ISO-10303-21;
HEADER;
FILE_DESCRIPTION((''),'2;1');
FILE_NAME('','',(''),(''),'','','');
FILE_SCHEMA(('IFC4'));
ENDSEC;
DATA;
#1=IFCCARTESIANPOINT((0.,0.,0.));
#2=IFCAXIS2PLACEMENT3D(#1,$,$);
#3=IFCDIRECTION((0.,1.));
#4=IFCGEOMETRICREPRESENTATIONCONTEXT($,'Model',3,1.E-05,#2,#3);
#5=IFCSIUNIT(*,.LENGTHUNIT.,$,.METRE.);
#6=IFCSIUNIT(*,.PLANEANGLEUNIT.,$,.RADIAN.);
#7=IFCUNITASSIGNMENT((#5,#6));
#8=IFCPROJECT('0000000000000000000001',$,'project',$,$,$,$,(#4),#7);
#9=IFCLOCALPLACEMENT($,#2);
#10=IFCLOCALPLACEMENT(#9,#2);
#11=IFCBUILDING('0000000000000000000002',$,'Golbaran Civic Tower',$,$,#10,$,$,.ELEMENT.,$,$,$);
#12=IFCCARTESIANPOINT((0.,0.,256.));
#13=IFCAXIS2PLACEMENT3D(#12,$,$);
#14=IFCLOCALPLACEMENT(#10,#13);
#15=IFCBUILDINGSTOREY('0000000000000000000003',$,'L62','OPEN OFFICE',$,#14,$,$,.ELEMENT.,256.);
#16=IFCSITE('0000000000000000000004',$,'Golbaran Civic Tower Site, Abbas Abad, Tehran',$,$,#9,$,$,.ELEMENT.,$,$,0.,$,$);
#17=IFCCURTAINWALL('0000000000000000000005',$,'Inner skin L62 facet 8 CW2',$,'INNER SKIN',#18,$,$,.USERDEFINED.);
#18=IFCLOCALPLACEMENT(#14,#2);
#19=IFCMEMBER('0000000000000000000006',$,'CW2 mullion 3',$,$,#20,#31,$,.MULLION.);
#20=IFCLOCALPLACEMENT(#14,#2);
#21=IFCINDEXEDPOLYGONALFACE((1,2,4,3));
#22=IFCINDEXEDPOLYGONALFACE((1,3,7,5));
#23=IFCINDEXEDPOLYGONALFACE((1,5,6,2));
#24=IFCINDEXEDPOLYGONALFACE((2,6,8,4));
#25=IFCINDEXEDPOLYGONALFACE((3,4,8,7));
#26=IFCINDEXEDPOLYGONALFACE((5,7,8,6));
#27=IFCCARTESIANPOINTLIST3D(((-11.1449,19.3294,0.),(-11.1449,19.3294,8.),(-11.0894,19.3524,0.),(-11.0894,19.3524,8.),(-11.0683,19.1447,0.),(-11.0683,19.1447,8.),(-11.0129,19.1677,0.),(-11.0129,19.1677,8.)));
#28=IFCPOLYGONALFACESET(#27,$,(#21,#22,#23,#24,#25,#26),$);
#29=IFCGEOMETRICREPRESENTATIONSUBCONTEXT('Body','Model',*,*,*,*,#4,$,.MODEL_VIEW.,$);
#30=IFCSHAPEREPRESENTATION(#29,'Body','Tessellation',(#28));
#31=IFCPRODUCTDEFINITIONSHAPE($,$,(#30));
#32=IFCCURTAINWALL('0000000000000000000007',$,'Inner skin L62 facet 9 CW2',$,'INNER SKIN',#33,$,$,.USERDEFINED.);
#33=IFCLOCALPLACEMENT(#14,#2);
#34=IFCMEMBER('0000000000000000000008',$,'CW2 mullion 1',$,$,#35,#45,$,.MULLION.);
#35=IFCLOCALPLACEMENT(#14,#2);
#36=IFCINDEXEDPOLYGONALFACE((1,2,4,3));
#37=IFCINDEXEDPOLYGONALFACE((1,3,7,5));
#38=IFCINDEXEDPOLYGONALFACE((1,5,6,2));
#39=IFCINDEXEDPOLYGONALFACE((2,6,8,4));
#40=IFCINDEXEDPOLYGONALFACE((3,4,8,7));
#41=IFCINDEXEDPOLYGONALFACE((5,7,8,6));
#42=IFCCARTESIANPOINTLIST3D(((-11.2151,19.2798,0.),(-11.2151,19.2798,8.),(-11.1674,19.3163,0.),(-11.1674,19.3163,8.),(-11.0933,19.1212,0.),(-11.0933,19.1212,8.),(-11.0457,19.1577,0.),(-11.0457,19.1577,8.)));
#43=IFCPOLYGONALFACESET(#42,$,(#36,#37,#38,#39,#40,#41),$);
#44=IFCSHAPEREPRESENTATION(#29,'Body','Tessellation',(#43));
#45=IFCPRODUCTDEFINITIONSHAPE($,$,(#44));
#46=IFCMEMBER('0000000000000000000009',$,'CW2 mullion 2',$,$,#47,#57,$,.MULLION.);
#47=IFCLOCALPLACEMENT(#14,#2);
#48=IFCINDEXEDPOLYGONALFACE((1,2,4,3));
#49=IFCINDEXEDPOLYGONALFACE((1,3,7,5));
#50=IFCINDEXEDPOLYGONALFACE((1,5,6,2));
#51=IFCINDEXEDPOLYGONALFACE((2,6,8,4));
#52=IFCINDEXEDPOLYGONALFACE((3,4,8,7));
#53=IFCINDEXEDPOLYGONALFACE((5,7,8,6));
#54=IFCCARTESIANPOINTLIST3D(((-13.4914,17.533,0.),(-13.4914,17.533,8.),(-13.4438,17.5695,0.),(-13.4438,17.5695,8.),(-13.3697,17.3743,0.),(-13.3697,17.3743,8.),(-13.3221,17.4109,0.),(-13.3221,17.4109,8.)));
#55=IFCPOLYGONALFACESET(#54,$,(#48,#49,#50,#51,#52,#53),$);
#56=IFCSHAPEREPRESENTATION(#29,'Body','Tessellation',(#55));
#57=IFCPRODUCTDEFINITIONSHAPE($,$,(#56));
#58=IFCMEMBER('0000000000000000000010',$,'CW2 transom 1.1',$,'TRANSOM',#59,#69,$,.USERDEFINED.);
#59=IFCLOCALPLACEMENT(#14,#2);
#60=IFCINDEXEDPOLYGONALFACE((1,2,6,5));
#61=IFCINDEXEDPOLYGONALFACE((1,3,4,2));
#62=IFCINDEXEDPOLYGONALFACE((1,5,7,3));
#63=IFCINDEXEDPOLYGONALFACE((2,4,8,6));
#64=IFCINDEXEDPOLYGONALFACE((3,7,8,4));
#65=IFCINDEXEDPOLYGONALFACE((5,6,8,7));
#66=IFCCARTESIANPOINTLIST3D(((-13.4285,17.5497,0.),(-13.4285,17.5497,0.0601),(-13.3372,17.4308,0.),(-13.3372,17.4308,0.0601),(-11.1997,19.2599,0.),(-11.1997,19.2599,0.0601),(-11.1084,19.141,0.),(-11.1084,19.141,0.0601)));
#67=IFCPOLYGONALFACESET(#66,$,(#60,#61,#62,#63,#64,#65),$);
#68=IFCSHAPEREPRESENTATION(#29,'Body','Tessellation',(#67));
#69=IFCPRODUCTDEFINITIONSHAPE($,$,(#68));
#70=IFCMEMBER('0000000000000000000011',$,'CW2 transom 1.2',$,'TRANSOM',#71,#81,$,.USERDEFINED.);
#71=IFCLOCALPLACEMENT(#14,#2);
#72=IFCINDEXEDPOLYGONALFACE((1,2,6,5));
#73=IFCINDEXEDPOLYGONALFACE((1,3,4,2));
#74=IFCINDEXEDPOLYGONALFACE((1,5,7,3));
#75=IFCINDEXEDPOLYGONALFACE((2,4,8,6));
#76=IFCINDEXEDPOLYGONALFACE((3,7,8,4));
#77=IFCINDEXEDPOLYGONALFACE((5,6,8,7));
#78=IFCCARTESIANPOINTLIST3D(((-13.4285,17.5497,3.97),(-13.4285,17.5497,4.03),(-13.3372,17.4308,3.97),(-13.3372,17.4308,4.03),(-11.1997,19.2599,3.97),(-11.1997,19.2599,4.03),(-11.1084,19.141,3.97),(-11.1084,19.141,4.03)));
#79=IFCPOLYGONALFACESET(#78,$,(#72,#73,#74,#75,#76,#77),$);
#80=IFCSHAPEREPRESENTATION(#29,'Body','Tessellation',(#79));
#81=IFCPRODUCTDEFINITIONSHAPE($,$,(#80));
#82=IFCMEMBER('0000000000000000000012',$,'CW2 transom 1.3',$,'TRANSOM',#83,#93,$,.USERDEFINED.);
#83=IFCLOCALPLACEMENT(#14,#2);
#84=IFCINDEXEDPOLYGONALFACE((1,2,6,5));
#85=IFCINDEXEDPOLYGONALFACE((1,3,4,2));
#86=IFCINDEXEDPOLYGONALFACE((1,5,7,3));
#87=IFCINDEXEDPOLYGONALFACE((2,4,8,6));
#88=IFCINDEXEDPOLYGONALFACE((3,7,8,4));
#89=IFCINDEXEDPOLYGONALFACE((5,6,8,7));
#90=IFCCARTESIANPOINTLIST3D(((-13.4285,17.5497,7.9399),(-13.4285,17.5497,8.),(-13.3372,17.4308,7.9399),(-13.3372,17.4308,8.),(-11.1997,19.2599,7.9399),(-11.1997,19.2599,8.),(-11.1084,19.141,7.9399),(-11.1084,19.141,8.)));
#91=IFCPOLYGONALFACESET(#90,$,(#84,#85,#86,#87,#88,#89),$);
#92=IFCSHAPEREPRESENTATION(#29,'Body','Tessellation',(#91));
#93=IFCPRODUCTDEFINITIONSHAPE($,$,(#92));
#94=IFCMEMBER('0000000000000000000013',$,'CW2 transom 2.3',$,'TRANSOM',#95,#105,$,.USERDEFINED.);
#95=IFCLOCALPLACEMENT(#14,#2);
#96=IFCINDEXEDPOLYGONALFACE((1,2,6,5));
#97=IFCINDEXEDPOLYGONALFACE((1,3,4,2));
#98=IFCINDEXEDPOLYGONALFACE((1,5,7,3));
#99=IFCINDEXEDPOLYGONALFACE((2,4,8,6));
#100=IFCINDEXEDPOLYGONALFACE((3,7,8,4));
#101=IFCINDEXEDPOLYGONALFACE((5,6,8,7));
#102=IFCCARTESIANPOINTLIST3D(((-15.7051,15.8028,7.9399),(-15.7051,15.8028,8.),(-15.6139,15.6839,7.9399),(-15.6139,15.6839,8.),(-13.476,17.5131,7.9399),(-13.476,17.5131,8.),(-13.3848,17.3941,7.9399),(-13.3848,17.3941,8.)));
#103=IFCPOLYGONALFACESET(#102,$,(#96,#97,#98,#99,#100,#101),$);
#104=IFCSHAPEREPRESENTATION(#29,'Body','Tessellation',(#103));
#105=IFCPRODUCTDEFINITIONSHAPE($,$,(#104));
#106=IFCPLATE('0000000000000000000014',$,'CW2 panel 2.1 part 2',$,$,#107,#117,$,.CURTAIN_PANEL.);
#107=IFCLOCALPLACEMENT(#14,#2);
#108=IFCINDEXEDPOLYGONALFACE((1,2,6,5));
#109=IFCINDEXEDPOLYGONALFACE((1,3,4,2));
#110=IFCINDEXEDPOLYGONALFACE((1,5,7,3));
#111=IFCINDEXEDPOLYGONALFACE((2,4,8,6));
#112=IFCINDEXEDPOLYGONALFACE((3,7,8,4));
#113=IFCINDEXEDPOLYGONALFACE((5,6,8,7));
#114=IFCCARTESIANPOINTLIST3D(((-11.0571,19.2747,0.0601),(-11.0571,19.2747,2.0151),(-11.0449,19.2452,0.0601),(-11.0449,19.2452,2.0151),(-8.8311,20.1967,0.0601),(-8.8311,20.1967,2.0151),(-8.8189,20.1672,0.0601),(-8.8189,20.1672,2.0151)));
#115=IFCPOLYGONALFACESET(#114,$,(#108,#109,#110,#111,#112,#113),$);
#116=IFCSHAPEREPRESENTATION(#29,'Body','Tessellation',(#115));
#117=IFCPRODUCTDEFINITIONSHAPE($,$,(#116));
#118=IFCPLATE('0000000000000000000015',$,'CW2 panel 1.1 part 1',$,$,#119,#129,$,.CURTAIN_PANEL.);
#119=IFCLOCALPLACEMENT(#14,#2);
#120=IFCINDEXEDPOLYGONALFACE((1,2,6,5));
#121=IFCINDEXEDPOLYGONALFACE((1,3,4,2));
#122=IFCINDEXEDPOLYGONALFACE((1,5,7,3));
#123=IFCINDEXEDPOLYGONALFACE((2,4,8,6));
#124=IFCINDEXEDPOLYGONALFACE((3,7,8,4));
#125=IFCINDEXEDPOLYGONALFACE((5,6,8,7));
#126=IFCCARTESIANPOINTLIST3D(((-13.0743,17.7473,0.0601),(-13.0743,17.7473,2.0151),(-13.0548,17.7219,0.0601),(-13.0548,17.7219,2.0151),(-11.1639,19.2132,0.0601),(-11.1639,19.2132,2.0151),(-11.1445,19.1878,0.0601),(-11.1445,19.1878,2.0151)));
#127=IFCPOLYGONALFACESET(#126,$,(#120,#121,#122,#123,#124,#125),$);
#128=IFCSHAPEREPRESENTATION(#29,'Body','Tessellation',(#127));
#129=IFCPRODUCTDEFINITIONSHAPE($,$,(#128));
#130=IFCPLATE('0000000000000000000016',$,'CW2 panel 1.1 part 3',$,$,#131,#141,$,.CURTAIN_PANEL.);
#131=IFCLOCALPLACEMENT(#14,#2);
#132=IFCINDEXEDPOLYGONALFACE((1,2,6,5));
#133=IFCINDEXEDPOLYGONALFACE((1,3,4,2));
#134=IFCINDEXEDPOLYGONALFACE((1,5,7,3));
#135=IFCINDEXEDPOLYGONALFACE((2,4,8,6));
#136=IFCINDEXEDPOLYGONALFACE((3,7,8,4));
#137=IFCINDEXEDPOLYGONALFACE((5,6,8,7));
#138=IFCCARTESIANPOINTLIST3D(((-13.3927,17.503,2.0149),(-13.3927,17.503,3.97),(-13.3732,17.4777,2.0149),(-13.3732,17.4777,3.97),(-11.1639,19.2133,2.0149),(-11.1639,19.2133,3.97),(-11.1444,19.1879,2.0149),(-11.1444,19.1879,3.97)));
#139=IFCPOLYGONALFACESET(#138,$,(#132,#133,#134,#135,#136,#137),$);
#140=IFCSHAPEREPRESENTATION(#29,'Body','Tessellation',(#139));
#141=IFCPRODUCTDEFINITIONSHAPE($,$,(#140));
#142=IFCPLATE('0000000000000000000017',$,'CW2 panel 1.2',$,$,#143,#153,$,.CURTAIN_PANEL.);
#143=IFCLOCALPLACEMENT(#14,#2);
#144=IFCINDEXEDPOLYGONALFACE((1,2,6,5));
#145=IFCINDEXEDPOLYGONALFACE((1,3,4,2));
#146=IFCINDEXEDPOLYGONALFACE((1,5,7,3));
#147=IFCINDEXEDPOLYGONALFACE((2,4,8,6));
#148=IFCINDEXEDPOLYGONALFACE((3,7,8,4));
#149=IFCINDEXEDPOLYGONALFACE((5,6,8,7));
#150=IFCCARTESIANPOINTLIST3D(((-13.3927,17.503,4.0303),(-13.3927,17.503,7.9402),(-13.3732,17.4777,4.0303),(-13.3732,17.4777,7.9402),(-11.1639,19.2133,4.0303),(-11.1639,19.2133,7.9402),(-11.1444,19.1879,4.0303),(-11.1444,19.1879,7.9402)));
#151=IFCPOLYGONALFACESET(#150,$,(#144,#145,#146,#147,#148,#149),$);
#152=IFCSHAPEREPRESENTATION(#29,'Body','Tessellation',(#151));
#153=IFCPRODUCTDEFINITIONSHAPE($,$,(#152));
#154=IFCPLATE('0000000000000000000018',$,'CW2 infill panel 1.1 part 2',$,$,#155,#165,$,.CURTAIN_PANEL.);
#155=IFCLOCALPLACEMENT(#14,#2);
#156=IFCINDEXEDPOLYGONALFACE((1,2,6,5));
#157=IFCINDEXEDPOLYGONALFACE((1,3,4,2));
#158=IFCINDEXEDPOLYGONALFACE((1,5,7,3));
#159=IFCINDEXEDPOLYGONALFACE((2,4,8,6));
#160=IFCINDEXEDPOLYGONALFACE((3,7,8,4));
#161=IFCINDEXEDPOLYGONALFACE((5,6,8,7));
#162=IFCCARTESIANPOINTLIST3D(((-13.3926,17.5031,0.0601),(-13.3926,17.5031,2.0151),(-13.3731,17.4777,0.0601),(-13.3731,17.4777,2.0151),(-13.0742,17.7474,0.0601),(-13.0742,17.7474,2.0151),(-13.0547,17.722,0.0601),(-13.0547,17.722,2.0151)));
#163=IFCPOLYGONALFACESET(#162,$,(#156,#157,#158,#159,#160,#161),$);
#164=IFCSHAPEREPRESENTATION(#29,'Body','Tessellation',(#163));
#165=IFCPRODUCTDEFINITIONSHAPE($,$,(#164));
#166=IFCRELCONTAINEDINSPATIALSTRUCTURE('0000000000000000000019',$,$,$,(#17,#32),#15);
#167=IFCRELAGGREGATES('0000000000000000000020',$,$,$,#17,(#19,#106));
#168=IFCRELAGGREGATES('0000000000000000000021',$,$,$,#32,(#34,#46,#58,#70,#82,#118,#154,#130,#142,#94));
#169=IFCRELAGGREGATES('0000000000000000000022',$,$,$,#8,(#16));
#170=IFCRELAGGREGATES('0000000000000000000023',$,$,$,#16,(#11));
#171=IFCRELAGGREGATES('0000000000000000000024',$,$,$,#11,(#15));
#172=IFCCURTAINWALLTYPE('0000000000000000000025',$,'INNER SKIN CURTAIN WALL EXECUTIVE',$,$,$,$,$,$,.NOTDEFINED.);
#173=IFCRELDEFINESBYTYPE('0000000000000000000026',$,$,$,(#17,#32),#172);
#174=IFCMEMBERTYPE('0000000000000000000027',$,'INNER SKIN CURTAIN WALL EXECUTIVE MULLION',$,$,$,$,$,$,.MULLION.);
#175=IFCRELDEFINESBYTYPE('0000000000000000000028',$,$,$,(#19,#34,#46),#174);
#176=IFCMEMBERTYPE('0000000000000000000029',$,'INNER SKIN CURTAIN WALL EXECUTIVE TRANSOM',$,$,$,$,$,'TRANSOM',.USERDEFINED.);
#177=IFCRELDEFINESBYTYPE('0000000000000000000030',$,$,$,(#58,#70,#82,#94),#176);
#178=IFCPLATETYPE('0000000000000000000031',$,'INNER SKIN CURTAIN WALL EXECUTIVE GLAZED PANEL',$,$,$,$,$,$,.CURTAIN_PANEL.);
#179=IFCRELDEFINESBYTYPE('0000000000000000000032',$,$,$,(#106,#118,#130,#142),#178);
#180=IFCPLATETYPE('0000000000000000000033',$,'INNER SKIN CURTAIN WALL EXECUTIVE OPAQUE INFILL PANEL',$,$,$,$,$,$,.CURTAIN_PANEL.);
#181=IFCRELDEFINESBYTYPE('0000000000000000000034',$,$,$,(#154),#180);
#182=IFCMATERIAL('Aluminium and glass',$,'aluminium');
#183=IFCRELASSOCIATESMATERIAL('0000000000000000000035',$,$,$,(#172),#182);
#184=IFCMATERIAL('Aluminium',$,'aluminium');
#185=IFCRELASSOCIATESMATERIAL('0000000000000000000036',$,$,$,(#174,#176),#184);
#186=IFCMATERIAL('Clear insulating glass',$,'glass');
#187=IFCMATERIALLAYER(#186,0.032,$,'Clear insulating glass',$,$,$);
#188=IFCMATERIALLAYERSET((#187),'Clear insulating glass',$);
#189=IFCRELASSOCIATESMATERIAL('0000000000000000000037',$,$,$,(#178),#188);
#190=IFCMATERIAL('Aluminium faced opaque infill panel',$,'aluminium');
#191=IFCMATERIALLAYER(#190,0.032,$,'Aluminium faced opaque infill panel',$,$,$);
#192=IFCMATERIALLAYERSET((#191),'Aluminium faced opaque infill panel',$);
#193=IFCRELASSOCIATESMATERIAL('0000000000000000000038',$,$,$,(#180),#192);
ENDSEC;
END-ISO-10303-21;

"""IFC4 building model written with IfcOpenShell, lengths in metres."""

from ifc_helpers import new_model, si_unit, direction, frame, origin, origin_2d, place, context, subcontext, project, spatial, rectangle, extrude, material, layer, layer_set, material_profile, profile_set, type_object, element, aggregate, save


model = new_model("IFC4")

# Units and contexts
model_context = context("Model", 3, precision=1e-05, world=origin(), true_north=direction((0.0, 1.0)))
body_context = subcontext(model_context, "Body", "Model", "MODEL_VIEW")
ifc_project = project(units=[si_unit("LENGTHUNIT", "METRE"), si_unit("PLANEANGLEUNIT", "RADIAN")], contexts=[model_context])

# Site, building, storey
site_placement = place(None, origin())
site = spatial("IfcSite", under=ifc_project, at=site_placement, Name="Golbaran Civic Tower Site, Abbas Abad, Tehran", CompositionType="ELEMENT", RefElevation=0.0)
building_placement = place(site_placement, origin())
building = spatial("IfcBuilding", under=site, at=building_placement, Name="Golbaran Civic Tower", CompositionType="ELEMENT")
storey_placement = place(building_placement, frame((0.0, 0.0, 256.0)))
storey = spatial("IfcBuildingStorey", under=building, at=storey_placement, Name="L62", Description="OPEN OFFICE", CompositionType="ELEMENT", Elevation=256.0)

# Curtain wall, member
ifc_material_1 = material(Name="Aluminium and glass", Category="aluminium")
curtain_wall_type = type_object("IfcCurtainWallType", Name="INNER SKIN CURTAIN WALL EXECUTIVE", PredefinedType="NOTDEFINED", material=ifc_material_1)
curtain_wall_1_placement = place(storey_placement, origin())
curtain_wall_1 = element("IfcCurtainWall", 1, at=curtain_wall_1_placement, inside=storey, type_object=curtain_wall_type, Name="Inner skin L62 facet 8 CW2", ObjectType="INNER SKIN", PredefinedType="USERDEFINED")
ifc_material_2 = material(Name="Aluminium", Category="aluminium")
ifc_material_profile_1 = material_profile(ifc_material_2, rectangle(XDim=0.2, YDim=0.0601, at=origin_2d()), Name="INNER SKIN CURTAIN WALL EXECUTIVE MULLION")
ifc_profile_set_1 = profile_set([ifc_material_profile_1], Name="Aluminium")
member_type_1 = type_object("IfcMemberType", Name="INNER SKIN CURTAIN WALL EXECUTIVE MULLION", PredefinedType="MULLION", material=ifc_profile_set_1)
member_1_placement = place(storey_placement, frame((-11.0789, 19.2485, 0.0), z_axis=(0.0, 0.0, 1.0), x_axis=(0.382683, -0.92388, 0.0)))
member_1 = element("IfcMember", 2, at=member_1_placement, type_object=member_type_1, Name="CW2 mullion 3", PredefinedType="MULLION", context=body_context, shape_type="SweptSolid", body=[
    extrude(rectangle(XDim=0.2, YDim=0.0601, at=origin_2d()), origin(), (0.0, 0.0, 1.0), 8.0),
])

# Curtain wall, members
curtain_wall_2_placement = place(storey_placement, origin())
curtain_wall_2 = element("IfcCurtainWall", 3, at=curtain_wall_2_placement, inside=storey, type_object=curtain_wall_type, Name="Inner skin L62 facet 9 CW2", ObjectType="INNER SKIN", PredefinedType="USERDEFINED")
member_2_placement = place(storey_placement, frame((-11.1304, 19.2188, 0.0), z_axis=(0.0, 0.0, 1.0), x_axis=(0.608761, -0.793353, 0.0)))
member_2 = element("IfcMember", 4, at=member_2_placement, type_object=member_type_1, Name="CW2 mullion 1", PredefinedType="MULLION", context=body_context, shape_type="SweptSolid", body=[
    extrude(rectangle(XDim=0.2, YDim=0.0601, at=origin_2d()), origin(), (0.0, 0.0, 1.0), 8.0),
])
member_3_placement = place(storey_placement, frame((-13.4067, 17.4719, 0.0), z_axis=(0.0, 0.0, 1.0), x_axis=(0.608761, -0.793353, 0.0)))
member_3 = element("IfcMember", 5, at=member_3_placement, type_object=member_type_1, Name="CW2 mullion 2", PredefinedType="MULLION", context=body_context, shape_type="SweptSolid", body=[
    extrude(rectangle(XDim=0.2, YDim=0.0601, at=origin_2d()), origin(), (0.0, 0.0, 1.0), 8.0),
])
ifc_material_profile_2 = material_profile(ifc_material_2, rectangle(XDim=0.1499, YDim=0.0601, at=origin_2d()), Name="INNER SKIN CURTAIN WALL EXECUTIVE TRANSOM")
ifc_profile_set_2 = profile_set([ifc_material_profile_2], Name="Aluminium")
member_type_2 = type_object("IfcMemberType", Name="INNER SKIN CURTAIN WALL EXECUTIVE TRANSOM", ElementType="TRANSOM", PredefinedType="USERDEFINED", material=ifc_profile_set_2)
member_4_placement = place(storey_placement, frame((-11.1541, 19.2004, 0.03), z_axis=(-0.79335, -0.608765, 0.0), x_axis=(0.608765, -0.79335, 0.0)))
member_4 = element("IfcMember", 6, at=member_4_placement, type_object=member_type_2, Name="CW2 transom 1.1", ObjectType="TRANSOM", PredefinedType="USERDEFINED", context=body_context, shape_type="SweptSolid", body=[
    extrude(rectangle(XDim=0.1499, YDim=0.0601, at=origin_2d()), origin(), (0.0, 0.0, 1.0), 2.8093),
])
member_5_placement = place(storey_placement, frame((-11.1541, 19.2004, 4.0), z_axis=(-0.79335, -0.608765, 0.0), x_axis=(0.608765, -0.79335, 0.0)))
member_5 = element("IfcMember", 7, at=member_5_placement, type_object=member_type_2, Name="CW2 transom 1.2", ObjectType="TRANSOM", PredefinedType="USERDEFINED", context=body_context, shape_type="SweptSolid", body=[
    extrude(rectangle(XDim=0.1499, YDim=0.0601, at=origin_2d()), origin(), (0.0, 0.0, 1.0), 2.8093),
])
member_6_placement = place(storey_placement, frame((-11.1541, 19.2004, 7.97), z_axis=(-0.79335, -0.608765, 0.0), x_axis=(0.608765, -0.79335, 0.0)))
member_6 = element("IfcMember", 8, at=member_6_placement, type_object=member_type_2, Name="CW2 transom 1.3", ObjectType="TRANSOM", PredefinedType="USERDEFINED", context=body_context, shape_type="SweptSolid", body=[
    extrude(rectangle(XDim=0.1499, YDim=0.0601, at=origin_2d()), origin(), (0.0, 0.0, 1.0), 2.8093),
])
member_7_placement = place(storey_placement, frame((-13.4304, 17.4536, 7.97), z_axis=(-0.793383, -0.608723, 0.0), x_axis=(0.608723, -0.793383, 0.0)))
member_7 = element("IfcMember", 9, at=member_7_placement, type_object=member_type_2, Name="CW2 transom 2.3", ObjectType="TRANSOM", PredefinedType="USERDEFINED", context=body_context, shape_type="SweptSolid", body=[
    extrude(rectangle(XDim=0.1499, YDim=0.0601, at=origin_2d()), origin(), (0.0, 0.0, 1.0), 2.8096),
])

# Plates
ifc_material_3 = material(Name="Clear insulating glass", Category="glass")
ifc_layer_1 = layer(ifc_material_3, 0.032, Name="Clear insulating glass")
ifc_layer_set_1 = layer_set([ifc_layer_1], Name="Clear insulating glass")
plate_type_1 = type_object("IfcPlateType", Name="INNER SKIN CURTAIN WALL EXECUTIVE GLAZED PANEL", PredefinedType="CURTAIN_PANEL", material=ifc_layer_set_1)
plate_1_placement = place(storey_placement, frame((-9.938, 19.7209, 0.0601), z_axis=(0.0, 0.0, 1.0), x_axis=(-0.92388, -0.382683, 0.0)))
plate_1 = element("IfcPlate", 10, at=plate_1_placement, type_object=plate_type_1, Name="CW2 panel 2.1 part 2", PredefinedType="CURTAIN_PANEL", context=body_context, shape_type="SweptSolid", body=[
    extrude(rectangle(XDim=2.4094, YDim=0.032, at=origin_2d()), origin(), (0.0, 0.0, 1.0), 1.9551),
])
aggregate(curtain_wall_1, [member_1, plate_1])
plate_2_placement = place(storey_placement, frame((-12.1094, 18.4675, 0.0601), z_axis=(0.0, 0.0, 1.0), x_axis=(-0.793353, -0.608761, 0.0)))
plate_2 = element("IfcPlate", 11, at=plate_2_placement, type_object=plate_type_1, Name="CW2 panel 1.1 part 1", PredefinedType="CURTAIN_PANEL", context=body_context, shape_type="SweptSolid", body=[
    extrude(rectangle(XDim=2.408, YDim=0.032, at=origin_2d()), origin(), (0.0, 0.0, 1.0), 1.9551),
])
plate_3_placement = place(storey_placement, frame((-12.2686, 18.3455, 2.0149), z_axis=(0.0, 0.0, 1.0), x_axis=(-0.793353, -0.608761, 0.0)))
plate_3 = element("IfcPlate", 12, at=plate_3_placement, type_object=plate_type_1, Name="CW2 panel 1.1 part 3", PredefinedType="CURTAIN_PANEL", context=body_context, shape_type="SweptSolid", body=[
    extrude(rectangle(XDim=2.8093, YDim=0.032, at=origin_2d()), origin(), (0.0, 0.0, 1.0), 1.9551),
])
plate_4_placement = place(storey_placement, frame((-12.2686, 18.3455, 4.0303), z_axis=(0.0, 0.0, 1.0), x_axis=(-0.793353, -0.608761, 0.0)))
plate_4 = element("IfcPlate", 13, at=plate_4_placement, type_object=plate_type_1, Name="CW2 panel 1.2", PredefinedType="CURTAIN_PANEL", context=body_context, shape_type="SweptSolid", body=[
    extrude(rectangle(XDim=2.8093, YDim=0.032, at=origin_2d()), origin(), (0.0, 0.0, 1.0), 3.9099),
])
ifc_material_4 = material(Name="Aluminium faced opaque infill panel", Category="aluminium")
ifc_layer_2 = layer(ifc_material_4, 0.032, Name="Aluminium faced opaque infill panel")
ifc_layer_set_2 = layer_set([ifc_layer_2], Name="Aluminium faced opaque infill panel")
plate_type_2 = type_object("IfcPlateType", Name="INNER SKIN CURTAIN WALL EXECUTIVE OPAQUE INFILL PANEL", PredefinedType="CURTAIN_PANEL", material=ifc_layer_set_2)
plate_5_placement = place(storey_placement, frame((-13.2236, 17.6125, 0.0601), z_axis=(0.0, 0.0, 1.0), x_axis=(-0.793353, -0.608761, 0.0)))
plate_5 = element("IfcPlate", 14, at=plate_5_placement, type_object=plate_type_2, Name="CW2 infill panel 1.1 part 2", PredefinedType="CURTAIN_PANEL", context=body_context, shape_type="SweptSolid", body=[
    extrude(rectangle(XDim=0.4014, YDim=0.032, at=origin_2d()), origin(), (0.0, 0.0, 1.0), 1.9551),
])
aggregate(curtain_wall_2, [member_2, member_3, member_4, member_5, member_6, plate_2, plate_5, plate_3, plate_4, member_7])

save(model, "model.ifc")
